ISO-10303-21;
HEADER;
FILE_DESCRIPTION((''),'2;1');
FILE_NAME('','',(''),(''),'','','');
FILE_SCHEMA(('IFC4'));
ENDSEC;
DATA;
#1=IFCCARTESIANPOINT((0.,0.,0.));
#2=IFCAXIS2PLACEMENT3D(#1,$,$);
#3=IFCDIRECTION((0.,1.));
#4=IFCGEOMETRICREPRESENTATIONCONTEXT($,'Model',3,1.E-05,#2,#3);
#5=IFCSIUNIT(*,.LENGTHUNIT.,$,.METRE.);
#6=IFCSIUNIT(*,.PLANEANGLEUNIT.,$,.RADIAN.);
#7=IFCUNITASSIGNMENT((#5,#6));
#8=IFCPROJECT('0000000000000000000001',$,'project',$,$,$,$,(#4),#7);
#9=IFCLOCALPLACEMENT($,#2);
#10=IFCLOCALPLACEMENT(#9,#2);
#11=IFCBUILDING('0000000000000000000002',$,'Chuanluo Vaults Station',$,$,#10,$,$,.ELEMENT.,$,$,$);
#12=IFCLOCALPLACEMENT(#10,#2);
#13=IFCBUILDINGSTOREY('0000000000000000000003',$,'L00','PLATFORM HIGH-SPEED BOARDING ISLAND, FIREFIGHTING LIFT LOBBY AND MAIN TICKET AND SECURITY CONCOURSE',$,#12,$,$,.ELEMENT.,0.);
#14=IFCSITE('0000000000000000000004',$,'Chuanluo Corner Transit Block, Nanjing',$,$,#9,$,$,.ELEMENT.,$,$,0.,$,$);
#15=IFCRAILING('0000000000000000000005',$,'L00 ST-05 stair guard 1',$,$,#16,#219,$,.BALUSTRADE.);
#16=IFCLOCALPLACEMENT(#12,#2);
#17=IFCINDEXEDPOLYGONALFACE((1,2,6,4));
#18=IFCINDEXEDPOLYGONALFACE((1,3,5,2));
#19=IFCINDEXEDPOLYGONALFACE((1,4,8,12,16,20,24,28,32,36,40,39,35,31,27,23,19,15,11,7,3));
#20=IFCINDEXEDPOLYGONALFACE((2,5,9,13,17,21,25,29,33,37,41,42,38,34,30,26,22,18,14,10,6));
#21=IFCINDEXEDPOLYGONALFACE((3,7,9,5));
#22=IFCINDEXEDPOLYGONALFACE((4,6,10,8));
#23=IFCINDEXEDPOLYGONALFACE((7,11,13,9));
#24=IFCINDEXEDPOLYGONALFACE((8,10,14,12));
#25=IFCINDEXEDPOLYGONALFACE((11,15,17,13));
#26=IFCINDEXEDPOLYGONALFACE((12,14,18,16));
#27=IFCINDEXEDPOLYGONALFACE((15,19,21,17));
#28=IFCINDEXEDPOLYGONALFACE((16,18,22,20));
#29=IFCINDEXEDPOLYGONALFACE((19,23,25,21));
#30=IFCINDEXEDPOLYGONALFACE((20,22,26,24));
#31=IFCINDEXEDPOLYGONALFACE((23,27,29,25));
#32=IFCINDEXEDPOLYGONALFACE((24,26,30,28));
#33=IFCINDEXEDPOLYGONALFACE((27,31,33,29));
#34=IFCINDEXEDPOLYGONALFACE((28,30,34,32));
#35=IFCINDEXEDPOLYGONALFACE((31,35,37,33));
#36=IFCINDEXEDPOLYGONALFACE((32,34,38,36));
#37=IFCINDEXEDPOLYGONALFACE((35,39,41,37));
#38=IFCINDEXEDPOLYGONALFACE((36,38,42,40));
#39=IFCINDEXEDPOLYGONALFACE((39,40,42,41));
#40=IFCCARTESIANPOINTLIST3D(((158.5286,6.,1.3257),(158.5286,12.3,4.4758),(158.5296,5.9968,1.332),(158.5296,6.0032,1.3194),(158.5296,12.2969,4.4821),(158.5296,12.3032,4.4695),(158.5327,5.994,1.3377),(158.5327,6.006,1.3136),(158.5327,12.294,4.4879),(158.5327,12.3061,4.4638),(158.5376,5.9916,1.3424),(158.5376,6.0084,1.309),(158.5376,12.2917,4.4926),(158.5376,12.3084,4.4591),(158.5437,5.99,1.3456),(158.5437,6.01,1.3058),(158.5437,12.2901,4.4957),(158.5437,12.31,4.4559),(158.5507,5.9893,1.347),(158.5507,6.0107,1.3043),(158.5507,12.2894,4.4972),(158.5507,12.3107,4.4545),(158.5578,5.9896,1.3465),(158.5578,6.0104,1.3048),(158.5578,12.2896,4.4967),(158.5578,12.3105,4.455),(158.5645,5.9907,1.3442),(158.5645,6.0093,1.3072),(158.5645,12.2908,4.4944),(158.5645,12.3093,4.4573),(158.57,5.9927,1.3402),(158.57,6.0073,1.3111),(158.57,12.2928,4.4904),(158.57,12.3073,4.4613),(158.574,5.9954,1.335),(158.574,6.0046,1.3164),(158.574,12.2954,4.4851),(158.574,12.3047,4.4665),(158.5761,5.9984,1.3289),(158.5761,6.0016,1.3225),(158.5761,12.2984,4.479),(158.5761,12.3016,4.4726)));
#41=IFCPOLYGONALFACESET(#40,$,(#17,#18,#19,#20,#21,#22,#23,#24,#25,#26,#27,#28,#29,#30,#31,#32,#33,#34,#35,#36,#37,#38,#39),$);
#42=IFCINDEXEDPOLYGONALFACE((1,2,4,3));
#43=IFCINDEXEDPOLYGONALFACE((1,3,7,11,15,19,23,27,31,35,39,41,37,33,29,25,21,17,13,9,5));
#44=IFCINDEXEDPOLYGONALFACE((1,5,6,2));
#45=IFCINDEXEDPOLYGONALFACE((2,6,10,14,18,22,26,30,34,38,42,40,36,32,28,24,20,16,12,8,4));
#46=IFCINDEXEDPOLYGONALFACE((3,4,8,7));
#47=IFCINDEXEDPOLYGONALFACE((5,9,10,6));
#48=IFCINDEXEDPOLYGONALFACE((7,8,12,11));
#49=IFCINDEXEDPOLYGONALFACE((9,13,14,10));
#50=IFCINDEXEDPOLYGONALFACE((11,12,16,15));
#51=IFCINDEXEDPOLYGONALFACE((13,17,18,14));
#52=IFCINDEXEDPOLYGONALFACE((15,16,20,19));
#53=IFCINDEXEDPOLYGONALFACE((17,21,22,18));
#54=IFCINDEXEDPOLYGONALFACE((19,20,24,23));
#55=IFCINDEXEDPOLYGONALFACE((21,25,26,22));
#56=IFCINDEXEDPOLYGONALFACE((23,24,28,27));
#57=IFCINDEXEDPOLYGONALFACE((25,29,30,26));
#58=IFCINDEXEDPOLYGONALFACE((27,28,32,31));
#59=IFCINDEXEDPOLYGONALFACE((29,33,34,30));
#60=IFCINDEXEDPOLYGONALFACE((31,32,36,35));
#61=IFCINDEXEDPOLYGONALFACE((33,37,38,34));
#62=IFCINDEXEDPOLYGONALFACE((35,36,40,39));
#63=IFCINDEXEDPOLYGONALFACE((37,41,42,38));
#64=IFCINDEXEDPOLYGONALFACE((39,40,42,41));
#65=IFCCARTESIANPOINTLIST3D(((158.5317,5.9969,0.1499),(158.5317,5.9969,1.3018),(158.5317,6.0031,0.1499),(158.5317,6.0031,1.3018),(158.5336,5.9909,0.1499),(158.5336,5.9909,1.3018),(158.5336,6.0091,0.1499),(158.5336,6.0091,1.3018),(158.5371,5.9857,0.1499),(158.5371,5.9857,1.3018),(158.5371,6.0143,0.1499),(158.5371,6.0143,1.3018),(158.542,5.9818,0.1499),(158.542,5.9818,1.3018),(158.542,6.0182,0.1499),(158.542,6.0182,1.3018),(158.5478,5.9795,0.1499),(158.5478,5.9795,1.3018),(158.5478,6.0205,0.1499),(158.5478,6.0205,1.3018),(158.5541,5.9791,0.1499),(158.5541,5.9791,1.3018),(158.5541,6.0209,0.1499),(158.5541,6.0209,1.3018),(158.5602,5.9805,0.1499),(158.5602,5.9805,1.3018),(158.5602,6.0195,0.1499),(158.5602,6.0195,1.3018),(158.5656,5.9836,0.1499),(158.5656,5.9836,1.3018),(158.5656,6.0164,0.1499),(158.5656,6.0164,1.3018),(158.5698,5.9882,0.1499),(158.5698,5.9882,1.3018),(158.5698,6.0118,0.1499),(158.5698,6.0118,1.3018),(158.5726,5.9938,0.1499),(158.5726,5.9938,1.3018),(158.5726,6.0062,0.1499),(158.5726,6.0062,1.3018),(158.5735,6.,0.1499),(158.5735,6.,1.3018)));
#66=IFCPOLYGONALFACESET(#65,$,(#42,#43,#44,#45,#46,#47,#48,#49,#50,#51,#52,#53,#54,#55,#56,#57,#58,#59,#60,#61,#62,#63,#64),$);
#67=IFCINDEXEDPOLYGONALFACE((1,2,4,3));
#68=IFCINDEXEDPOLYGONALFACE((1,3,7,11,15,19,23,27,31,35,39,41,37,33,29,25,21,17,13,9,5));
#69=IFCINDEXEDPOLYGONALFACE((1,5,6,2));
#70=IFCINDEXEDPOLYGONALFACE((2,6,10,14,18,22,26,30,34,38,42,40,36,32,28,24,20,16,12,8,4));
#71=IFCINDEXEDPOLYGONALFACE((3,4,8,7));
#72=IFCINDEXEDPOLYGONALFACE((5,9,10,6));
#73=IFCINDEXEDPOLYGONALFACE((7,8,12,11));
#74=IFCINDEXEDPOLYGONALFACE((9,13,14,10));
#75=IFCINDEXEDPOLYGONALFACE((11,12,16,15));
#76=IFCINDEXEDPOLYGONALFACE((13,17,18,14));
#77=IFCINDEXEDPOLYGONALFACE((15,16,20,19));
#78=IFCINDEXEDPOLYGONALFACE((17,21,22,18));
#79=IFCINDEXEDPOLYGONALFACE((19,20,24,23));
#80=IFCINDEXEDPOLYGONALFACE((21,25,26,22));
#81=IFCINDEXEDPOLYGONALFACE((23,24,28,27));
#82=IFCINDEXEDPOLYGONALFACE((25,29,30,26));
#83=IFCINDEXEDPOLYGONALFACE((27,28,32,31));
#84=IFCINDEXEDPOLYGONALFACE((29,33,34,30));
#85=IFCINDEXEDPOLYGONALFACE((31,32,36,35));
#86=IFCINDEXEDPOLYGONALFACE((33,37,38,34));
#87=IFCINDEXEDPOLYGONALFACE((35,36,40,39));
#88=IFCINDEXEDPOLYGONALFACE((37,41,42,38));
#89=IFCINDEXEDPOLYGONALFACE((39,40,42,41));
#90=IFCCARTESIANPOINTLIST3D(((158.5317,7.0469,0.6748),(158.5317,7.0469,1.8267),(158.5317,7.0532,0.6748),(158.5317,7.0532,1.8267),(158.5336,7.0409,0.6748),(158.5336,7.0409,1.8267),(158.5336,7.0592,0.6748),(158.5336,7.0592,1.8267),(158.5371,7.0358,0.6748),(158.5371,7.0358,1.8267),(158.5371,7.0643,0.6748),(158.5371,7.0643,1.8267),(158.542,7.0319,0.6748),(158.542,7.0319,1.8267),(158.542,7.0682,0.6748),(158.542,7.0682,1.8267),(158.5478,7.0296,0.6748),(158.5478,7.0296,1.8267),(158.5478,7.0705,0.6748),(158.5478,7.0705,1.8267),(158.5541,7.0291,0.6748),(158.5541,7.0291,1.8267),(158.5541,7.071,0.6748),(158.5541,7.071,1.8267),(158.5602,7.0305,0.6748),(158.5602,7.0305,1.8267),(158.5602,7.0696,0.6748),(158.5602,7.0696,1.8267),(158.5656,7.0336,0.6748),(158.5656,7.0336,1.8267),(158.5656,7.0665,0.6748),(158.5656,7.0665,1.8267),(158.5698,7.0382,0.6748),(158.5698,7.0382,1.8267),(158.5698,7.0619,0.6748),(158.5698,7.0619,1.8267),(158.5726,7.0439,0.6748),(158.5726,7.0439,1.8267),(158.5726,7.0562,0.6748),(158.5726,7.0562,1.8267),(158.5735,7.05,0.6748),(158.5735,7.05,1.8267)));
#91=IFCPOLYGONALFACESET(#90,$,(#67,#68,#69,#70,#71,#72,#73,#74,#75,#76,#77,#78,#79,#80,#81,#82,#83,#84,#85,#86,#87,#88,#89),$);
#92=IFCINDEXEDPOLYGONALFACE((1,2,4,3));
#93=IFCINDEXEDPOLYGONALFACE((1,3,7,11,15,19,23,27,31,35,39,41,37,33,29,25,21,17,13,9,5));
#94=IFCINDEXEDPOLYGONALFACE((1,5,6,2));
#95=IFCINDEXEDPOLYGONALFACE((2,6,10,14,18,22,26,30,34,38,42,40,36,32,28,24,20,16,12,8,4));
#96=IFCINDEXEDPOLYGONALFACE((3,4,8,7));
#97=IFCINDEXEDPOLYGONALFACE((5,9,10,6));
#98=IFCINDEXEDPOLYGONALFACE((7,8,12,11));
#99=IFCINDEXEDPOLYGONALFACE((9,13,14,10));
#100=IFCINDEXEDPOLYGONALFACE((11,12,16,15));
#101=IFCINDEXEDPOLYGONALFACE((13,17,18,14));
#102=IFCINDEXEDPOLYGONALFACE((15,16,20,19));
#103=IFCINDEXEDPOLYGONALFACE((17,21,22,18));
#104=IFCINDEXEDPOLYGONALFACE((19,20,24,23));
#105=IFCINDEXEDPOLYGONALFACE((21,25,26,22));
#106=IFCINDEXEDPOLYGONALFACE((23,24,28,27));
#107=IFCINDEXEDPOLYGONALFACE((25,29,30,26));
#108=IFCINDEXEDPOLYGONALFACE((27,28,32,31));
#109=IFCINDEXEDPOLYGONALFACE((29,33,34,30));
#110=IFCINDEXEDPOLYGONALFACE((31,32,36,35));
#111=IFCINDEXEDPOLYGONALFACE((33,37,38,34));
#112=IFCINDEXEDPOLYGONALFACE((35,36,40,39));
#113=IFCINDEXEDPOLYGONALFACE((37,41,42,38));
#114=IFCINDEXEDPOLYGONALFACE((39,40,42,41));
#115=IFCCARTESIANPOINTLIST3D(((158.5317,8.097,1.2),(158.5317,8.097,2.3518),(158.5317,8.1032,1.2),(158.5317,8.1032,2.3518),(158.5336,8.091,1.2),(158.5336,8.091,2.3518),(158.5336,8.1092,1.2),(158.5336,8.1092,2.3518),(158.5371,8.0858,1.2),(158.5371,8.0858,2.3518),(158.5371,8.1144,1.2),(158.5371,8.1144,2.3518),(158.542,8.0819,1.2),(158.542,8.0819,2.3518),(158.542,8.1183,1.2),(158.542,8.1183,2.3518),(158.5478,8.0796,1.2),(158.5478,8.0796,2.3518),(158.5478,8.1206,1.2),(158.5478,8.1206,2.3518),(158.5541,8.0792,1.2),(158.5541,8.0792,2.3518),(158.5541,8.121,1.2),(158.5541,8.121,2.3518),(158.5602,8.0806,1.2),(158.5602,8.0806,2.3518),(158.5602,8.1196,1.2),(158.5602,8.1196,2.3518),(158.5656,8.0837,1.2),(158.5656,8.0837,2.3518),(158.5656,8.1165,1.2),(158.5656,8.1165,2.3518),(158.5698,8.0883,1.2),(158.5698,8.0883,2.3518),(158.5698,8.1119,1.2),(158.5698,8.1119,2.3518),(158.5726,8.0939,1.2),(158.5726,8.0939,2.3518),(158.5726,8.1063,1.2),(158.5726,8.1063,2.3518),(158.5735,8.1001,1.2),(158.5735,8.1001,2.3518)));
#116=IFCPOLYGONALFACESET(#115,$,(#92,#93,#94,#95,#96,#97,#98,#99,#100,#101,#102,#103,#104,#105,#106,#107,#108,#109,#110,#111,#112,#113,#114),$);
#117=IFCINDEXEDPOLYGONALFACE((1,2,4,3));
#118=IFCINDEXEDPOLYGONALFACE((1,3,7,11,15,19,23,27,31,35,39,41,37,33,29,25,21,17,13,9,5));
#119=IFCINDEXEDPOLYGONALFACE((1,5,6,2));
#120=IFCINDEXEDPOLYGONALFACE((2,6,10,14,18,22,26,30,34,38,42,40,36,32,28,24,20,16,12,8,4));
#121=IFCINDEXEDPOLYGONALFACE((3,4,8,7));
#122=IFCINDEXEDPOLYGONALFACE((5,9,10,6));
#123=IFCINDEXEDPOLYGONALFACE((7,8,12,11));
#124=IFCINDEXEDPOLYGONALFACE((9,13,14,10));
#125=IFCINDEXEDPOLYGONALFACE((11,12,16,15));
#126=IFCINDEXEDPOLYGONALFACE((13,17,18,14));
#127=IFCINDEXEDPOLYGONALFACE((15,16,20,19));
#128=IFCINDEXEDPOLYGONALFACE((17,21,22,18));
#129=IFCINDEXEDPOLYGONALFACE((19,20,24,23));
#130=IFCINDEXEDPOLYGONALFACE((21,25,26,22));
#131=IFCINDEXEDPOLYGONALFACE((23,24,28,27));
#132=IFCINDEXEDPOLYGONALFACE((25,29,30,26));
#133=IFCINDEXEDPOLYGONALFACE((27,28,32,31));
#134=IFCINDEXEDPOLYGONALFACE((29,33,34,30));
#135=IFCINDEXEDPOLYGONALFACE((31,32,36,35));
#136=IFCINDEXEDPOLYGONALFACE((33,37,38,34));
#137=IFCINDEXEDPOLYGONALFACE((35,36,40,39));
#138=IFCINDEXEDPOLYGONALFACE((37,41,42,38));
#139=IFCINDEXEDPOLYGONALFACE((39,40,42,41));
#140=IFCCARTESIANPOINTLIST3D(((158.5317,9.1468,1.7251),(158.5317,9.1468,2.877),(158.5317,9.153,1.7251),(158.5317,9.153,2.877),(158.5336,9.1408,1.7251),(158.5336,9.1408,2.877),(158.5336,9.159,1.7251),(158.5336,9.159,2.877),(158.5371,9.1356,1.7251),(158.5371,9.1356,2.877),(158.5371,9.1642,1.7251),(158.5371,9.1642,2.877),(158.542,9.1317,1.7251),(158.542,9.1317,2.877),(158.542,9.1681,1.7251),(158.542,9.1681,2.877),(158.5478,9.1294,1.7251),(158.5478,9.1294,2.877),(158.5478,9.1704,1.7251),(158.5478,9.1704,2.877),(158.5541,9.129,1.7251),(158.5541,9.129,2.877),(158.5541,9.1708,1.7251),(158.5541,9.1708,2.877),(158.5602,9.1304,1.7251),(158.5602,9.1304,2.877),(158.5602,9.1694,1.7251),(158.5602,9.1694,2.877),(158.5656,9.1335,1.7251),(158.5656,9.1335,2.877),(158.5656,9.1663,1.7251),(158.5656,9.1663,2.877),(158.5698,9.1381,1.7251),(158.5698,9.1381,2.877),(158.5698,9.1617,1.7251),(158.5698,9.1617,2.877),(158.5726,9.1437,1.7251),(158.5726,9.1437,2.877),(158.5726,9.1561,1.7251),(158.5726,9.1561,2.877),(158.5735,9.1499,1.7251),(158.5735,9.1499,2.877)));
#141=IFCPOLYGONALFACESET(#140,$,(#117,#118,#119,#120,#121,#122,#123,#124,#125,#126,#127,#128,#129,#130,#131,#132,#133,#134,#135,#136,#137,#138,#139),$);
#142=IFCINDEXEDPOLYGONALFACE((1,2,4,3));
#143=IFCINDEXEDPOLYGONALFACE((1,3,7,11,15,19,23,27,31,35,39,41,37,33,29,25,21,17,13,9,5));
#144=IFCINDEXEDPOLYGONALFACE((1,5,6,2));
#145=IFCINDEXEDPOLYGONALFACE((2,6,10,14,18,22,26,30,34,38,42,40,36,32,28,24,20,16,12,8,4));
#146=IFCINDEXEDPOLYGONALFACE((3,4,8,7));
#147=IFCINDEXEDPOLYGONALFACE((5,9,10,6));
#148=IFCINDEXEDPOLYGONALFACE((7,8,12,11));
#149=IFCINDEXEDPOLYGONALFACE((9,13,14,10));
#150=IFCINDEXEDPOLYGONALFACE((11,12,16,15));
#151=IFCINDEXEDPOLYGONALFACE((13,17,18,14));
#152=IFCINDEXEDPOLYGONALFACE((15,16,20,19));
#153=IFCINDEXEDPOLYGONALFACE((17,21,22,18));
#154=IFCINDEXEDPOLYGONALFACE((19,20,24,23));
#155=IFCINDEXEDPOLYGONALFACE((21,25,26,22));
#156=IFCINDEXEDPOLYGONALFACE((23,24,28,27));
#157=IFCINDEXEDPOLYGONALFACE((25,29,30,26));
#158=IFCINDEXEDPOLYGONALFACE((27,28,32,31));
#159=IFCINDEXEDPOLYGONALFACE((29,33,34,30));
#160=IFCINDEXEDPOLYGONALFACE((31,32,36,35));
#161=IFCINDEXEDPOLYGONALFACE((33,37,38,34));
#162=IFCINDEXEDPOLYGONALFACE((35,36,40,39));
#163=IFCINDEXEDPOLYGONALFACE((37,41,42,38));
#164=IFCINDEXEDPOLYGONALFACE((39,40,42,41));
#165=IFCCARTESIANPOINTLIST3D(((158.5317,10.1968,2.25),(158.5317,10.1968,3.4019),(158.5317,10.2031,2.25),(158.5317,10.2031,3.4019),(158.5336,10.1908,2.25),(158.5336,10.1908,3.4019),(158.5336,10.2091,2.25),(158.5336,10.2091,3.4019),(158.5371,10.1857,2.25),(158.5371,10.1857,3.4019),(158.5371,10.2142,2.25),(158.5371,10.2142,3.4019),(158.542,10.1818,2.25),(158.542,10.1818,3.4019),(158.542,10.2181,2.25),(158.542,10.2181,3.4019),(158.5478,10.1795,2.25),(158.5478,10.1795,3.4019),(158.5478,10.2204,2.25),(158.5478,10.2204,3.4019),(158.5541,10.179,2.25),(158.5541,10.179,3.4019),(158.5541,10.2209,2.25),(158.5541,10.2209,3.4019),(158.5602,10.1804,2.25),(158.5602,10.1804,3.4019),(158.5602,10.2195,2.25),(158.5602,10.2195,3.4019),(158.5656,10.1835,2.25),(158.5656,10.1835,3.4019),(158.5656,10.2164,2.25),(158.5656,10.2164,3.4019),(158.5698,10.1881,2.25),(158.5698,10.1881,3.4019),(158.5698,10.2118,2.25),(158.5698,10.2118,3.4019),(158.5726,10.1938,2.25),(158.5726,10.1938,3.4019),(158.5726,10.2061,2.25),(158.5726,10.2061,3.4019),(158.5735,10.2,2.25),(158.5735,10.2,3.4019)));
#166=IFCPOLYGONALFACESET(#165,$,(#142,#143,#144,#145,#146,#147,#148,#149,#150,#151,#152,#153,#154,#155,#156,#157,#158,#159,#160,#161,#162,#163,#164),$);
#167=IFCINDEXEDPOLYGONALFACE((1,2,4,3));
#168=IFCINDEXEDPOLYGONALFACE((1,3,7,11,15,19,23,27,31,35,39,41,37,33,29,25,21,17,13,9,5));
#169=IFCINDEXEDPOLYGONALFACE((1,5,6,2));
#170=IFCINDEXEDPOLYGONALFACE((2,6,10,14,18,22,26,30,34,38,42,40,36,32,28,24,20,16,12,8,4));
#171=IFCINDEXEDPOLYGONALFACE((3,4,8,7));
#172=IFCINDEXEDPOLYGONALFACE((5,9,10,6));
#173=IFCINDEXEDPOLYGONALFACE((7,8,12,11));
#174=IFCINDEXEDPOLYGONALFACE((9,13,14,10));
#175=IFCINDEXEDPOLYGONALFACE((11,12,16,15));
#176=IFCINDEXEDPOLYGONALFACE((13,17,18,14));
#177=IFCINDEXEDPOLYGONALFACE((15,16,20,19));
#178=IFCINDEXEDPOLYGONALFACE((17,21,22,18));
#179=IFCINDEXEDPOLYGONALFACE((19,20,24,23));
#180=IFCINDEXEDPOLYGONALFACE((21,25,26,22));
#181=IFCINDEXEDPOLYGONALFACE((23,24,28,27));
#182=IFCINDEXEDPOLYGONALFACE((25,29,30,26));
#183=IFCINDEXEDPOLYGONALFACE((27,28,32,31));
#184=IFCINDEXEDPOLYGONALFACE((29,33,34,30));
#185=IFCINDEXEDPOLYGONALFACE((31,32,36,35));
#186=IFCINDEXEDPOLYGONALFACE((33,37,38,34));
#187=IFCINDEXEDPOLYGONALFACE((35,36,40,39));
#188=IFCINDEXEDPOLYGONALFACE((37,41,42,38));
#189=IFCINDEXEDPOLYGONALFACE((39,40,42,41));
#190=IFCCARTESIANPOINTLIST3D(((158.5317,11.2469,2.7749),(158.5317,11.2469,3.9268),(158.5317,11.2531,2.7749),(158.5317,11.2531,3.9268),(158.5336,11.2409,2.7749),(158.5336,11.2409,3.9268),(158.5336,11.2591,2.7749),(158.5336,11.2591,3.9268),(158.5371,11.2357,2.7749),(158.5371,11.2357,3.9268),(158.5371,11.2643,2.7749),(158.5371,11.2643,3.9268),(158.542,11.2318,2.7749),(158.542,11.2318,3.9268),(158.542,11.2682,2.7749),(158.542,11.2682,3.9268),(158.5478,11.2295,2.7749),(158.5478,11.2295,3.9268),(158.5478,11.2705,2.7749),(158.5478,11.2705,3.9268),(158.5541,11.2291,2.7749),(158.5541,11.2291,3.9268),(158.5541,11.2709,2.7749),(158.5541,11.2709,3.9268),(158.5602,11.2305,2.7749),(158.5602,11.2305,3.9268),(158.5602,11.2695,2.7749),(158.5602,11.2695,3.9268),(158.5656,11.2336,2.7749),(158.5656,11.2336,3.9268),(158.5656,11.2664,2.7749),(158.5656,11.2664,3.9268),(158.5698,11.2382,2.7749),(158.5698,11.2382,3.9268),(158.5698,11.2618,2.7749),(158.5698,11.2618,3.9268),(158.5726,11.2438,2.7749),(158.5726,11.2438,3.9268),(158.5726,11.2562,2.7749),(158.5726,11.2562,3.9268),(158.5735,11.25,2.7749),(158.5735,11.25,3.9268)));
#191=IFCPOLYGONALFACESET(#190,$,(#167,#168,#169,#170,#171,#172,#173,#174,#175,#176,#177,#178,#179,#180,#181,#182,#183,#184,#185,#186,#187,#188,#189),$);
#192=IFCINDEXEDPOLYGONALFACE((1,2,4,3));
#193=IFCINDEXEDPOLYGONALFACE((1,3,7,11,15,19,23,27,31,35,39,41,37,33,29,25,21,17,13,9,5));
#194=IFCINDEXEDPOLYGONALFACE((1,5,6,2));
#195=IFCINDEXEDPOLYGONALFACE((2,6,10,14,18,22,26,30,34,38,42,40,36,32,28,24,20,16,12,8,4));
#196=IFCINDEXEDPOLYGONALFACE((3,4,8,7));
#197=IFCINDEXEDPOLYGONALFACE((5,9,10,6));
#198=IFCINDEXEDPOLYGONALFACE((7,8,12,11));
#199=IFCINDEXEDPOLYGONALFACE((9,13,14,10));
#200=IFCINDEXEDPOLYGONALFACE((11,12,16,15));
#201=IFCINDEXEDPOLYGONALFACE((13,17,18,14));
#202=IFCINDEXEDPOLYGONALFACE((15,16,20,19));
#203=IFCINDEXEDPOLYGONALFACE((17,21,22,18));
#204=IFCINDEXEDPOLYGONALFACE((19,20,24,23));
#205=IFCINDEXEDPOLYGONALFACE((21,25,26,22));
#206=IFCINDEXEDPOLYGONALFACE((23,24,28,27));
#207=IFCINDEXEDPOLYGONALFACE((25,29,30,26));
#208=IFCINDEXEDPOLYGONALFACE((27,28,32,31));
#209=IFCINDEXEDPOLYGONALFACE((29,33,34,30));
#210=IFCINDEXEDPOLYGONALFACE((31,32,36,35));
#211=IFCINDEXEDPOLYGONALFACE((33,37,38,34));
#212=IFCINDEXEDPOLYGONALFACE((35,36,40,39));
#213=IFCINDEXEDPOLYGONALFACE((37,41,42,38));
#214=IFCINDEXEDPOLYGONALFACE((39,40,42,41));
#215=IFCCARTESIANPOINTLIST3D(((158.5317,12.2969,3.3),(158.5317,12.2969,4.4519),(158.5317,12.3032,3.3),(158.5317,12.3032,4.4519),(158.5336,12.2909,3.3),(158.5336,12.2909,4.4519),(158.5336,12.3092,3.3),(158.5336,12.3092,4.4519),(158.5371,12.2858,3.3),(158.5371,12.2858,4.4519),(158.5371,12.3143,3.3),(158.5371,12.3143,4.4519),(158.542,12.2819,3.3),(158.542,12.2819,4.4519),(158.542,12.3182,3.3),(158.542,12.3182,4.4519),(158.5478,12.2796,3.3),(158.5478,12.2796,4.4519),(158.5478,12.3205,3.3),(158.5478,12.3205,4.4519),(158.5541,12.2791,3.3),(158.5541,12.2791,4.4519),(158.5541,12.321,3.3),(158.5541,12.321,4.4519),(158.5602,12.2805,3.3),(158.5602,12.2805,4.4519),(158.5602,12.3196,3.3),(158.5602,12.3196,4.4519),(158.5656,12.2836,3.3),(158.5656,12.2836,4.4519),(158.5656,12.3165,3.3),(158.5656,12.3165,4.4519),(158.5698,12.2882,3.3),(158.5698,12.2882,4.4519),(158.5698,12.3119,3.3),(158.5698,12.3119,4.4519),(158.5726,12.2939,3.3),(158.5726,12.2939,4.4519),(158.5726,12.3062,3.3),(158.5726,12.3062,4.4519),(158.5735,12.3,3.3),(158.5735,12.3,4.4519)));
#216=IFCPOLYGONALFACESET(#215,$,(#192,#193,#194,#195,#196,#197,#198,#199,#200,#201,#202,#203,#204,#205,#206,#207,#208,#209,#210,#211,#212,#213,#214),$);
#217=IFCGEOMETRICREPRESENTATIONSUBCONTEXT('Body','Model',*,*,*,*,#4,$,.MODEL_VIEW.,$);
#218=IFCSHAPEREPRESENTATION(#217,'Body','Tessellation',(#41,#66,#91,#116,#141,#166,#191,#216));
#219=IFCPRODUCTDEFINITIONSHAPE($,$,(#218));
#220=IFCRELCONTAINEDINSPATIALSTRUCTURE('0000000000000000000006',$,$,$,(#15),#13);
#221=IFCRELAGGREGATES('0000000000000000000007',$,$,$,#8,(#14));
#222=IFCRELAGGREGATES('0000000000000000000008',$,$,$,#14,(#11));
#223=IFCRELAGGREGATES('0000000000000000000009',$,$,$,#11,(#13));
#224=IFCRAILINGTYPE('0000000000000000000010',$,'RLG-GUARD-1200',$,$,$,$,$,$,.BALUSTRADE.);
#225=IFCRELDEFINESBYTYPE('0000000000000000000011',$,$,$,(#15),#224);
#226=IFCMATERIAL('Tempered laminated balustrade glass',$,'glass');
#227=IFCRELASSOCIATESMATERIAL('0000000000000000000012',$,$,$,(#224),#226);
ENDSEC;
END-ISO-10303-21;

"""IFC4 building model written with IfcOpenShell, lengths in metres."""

from ifc_helpers import new_model, si_unit, direction, frame, origin, origin_2d, place, context, subcontext, project, spatial, circle, extrude, material, type_object, element, save


model = new_model("IFC4")

# Units and contexts
model_context = context("Model", 3, precision=1e-05, world=origin(), true_north=direction((0.0, 1.0)))
body_context = subcontext(model_context, "Body", "Model", "MODEL_VIEW")
ifc_project = project(units=[si_unit("LENGTHUNIT", "METRE"), si_unit("PLANEANGLEUNIT", "RADIAN")], contexts=[model_context])

# Site, building, storey
site_placement = place(None, origin())
site = spatial("IfcSite", under=ifc_project, at=site_placement, Name="Chuanluo Corner Transit Block, Nanjing", CompositionType="ELEMENT", RefElevation=0.0)
building_placement = place(site_placement, origin())
building = spatial("IfcBuilding", under=site, at=building_placement, Name="Chuanluo Vaults Station", CompositionType="ELEMENT")
storey_placement = place(building_placement, origin())
storey = spatial("IfcBuildingStorey", under=building, at=storey_placement, Name="L00", Description="PLATFORM HIGH-SPEED BOARDING ISLAND, FIREFIGHTING LIFT LOBBY AND MAIN TICKET AND SECURITY CONCOURSE", CompositionType="ELEMENT", Elevation=0.0)

# Railing
ifc_material_1 = material(Name="Tempered laminated balustrade glass", Category="glass")
railing_type_1 = type_object("IfcRailingType", Name="RLG-GUARD-1200", PredefinedType="BALUSTRADE", material=ifc_material_1)
railing_1_placement = place(storey_placement, frame((158.5525, 6.0, 0.1499)))
element("IfcRailing", 1, at=railing_1_placement, inside=storey, type_object=railing_type_1, Name="L00 ST-05 stair guard 1", PredefinedType="BALUSTRADE", context=body_context, shape_type="SweptSolid", body=[
    extrude(circle(Radius=0.0239, at=origin_2d()), frame((0.0, 0.0, 1.1758), z_axis=(0.0, 0.89442, 0.447227), x_axis=(-1.0, 0.0, 0.0)), (0.0, 0.0, 1.0), 7.0437),
    extrude(circle(Radius=0.021, at=origin_2d()), origin(), (0.0, 0.0, 1.0), 1.1519),
    extrude(circle(Radius=0.021, at=origin_2d()), frame((0.0, 1.05, 0.5249)), (0.0, 0.0, 1.0), 1.1519),
    extrude(circle(Radius=0.021, at=origin_2d()), frame((0.0, 2.1001, 1.05)), (0.0, 0.0, 1.0), 1.1519),
    extrude(circle(Radius=0.021, at=origin_2d()), frame((0.0, 3.1499, 1.5752)), (0.0, 0.0, 1.0), 1.1519),
    extrude(circle(Radius=0.021, at=origin_2d()), frame((0.0, 4.2, 2.1001)), (0.0, 0.0, 1.0), 1.1519),
    extrude(circle(Radius=0.021, at=origin_2d()), frame((0.0, 5.25, 2.625)), (0.0, 0.0, 1.0), 1.1519),
    extrude(circle(Radius=0.021, at=origin_2d()), frame((0.0, 6.3, 3.1501)), (0.0, 0.0, 1.0), 1.1519),
])

save(model, "model.ifc")
